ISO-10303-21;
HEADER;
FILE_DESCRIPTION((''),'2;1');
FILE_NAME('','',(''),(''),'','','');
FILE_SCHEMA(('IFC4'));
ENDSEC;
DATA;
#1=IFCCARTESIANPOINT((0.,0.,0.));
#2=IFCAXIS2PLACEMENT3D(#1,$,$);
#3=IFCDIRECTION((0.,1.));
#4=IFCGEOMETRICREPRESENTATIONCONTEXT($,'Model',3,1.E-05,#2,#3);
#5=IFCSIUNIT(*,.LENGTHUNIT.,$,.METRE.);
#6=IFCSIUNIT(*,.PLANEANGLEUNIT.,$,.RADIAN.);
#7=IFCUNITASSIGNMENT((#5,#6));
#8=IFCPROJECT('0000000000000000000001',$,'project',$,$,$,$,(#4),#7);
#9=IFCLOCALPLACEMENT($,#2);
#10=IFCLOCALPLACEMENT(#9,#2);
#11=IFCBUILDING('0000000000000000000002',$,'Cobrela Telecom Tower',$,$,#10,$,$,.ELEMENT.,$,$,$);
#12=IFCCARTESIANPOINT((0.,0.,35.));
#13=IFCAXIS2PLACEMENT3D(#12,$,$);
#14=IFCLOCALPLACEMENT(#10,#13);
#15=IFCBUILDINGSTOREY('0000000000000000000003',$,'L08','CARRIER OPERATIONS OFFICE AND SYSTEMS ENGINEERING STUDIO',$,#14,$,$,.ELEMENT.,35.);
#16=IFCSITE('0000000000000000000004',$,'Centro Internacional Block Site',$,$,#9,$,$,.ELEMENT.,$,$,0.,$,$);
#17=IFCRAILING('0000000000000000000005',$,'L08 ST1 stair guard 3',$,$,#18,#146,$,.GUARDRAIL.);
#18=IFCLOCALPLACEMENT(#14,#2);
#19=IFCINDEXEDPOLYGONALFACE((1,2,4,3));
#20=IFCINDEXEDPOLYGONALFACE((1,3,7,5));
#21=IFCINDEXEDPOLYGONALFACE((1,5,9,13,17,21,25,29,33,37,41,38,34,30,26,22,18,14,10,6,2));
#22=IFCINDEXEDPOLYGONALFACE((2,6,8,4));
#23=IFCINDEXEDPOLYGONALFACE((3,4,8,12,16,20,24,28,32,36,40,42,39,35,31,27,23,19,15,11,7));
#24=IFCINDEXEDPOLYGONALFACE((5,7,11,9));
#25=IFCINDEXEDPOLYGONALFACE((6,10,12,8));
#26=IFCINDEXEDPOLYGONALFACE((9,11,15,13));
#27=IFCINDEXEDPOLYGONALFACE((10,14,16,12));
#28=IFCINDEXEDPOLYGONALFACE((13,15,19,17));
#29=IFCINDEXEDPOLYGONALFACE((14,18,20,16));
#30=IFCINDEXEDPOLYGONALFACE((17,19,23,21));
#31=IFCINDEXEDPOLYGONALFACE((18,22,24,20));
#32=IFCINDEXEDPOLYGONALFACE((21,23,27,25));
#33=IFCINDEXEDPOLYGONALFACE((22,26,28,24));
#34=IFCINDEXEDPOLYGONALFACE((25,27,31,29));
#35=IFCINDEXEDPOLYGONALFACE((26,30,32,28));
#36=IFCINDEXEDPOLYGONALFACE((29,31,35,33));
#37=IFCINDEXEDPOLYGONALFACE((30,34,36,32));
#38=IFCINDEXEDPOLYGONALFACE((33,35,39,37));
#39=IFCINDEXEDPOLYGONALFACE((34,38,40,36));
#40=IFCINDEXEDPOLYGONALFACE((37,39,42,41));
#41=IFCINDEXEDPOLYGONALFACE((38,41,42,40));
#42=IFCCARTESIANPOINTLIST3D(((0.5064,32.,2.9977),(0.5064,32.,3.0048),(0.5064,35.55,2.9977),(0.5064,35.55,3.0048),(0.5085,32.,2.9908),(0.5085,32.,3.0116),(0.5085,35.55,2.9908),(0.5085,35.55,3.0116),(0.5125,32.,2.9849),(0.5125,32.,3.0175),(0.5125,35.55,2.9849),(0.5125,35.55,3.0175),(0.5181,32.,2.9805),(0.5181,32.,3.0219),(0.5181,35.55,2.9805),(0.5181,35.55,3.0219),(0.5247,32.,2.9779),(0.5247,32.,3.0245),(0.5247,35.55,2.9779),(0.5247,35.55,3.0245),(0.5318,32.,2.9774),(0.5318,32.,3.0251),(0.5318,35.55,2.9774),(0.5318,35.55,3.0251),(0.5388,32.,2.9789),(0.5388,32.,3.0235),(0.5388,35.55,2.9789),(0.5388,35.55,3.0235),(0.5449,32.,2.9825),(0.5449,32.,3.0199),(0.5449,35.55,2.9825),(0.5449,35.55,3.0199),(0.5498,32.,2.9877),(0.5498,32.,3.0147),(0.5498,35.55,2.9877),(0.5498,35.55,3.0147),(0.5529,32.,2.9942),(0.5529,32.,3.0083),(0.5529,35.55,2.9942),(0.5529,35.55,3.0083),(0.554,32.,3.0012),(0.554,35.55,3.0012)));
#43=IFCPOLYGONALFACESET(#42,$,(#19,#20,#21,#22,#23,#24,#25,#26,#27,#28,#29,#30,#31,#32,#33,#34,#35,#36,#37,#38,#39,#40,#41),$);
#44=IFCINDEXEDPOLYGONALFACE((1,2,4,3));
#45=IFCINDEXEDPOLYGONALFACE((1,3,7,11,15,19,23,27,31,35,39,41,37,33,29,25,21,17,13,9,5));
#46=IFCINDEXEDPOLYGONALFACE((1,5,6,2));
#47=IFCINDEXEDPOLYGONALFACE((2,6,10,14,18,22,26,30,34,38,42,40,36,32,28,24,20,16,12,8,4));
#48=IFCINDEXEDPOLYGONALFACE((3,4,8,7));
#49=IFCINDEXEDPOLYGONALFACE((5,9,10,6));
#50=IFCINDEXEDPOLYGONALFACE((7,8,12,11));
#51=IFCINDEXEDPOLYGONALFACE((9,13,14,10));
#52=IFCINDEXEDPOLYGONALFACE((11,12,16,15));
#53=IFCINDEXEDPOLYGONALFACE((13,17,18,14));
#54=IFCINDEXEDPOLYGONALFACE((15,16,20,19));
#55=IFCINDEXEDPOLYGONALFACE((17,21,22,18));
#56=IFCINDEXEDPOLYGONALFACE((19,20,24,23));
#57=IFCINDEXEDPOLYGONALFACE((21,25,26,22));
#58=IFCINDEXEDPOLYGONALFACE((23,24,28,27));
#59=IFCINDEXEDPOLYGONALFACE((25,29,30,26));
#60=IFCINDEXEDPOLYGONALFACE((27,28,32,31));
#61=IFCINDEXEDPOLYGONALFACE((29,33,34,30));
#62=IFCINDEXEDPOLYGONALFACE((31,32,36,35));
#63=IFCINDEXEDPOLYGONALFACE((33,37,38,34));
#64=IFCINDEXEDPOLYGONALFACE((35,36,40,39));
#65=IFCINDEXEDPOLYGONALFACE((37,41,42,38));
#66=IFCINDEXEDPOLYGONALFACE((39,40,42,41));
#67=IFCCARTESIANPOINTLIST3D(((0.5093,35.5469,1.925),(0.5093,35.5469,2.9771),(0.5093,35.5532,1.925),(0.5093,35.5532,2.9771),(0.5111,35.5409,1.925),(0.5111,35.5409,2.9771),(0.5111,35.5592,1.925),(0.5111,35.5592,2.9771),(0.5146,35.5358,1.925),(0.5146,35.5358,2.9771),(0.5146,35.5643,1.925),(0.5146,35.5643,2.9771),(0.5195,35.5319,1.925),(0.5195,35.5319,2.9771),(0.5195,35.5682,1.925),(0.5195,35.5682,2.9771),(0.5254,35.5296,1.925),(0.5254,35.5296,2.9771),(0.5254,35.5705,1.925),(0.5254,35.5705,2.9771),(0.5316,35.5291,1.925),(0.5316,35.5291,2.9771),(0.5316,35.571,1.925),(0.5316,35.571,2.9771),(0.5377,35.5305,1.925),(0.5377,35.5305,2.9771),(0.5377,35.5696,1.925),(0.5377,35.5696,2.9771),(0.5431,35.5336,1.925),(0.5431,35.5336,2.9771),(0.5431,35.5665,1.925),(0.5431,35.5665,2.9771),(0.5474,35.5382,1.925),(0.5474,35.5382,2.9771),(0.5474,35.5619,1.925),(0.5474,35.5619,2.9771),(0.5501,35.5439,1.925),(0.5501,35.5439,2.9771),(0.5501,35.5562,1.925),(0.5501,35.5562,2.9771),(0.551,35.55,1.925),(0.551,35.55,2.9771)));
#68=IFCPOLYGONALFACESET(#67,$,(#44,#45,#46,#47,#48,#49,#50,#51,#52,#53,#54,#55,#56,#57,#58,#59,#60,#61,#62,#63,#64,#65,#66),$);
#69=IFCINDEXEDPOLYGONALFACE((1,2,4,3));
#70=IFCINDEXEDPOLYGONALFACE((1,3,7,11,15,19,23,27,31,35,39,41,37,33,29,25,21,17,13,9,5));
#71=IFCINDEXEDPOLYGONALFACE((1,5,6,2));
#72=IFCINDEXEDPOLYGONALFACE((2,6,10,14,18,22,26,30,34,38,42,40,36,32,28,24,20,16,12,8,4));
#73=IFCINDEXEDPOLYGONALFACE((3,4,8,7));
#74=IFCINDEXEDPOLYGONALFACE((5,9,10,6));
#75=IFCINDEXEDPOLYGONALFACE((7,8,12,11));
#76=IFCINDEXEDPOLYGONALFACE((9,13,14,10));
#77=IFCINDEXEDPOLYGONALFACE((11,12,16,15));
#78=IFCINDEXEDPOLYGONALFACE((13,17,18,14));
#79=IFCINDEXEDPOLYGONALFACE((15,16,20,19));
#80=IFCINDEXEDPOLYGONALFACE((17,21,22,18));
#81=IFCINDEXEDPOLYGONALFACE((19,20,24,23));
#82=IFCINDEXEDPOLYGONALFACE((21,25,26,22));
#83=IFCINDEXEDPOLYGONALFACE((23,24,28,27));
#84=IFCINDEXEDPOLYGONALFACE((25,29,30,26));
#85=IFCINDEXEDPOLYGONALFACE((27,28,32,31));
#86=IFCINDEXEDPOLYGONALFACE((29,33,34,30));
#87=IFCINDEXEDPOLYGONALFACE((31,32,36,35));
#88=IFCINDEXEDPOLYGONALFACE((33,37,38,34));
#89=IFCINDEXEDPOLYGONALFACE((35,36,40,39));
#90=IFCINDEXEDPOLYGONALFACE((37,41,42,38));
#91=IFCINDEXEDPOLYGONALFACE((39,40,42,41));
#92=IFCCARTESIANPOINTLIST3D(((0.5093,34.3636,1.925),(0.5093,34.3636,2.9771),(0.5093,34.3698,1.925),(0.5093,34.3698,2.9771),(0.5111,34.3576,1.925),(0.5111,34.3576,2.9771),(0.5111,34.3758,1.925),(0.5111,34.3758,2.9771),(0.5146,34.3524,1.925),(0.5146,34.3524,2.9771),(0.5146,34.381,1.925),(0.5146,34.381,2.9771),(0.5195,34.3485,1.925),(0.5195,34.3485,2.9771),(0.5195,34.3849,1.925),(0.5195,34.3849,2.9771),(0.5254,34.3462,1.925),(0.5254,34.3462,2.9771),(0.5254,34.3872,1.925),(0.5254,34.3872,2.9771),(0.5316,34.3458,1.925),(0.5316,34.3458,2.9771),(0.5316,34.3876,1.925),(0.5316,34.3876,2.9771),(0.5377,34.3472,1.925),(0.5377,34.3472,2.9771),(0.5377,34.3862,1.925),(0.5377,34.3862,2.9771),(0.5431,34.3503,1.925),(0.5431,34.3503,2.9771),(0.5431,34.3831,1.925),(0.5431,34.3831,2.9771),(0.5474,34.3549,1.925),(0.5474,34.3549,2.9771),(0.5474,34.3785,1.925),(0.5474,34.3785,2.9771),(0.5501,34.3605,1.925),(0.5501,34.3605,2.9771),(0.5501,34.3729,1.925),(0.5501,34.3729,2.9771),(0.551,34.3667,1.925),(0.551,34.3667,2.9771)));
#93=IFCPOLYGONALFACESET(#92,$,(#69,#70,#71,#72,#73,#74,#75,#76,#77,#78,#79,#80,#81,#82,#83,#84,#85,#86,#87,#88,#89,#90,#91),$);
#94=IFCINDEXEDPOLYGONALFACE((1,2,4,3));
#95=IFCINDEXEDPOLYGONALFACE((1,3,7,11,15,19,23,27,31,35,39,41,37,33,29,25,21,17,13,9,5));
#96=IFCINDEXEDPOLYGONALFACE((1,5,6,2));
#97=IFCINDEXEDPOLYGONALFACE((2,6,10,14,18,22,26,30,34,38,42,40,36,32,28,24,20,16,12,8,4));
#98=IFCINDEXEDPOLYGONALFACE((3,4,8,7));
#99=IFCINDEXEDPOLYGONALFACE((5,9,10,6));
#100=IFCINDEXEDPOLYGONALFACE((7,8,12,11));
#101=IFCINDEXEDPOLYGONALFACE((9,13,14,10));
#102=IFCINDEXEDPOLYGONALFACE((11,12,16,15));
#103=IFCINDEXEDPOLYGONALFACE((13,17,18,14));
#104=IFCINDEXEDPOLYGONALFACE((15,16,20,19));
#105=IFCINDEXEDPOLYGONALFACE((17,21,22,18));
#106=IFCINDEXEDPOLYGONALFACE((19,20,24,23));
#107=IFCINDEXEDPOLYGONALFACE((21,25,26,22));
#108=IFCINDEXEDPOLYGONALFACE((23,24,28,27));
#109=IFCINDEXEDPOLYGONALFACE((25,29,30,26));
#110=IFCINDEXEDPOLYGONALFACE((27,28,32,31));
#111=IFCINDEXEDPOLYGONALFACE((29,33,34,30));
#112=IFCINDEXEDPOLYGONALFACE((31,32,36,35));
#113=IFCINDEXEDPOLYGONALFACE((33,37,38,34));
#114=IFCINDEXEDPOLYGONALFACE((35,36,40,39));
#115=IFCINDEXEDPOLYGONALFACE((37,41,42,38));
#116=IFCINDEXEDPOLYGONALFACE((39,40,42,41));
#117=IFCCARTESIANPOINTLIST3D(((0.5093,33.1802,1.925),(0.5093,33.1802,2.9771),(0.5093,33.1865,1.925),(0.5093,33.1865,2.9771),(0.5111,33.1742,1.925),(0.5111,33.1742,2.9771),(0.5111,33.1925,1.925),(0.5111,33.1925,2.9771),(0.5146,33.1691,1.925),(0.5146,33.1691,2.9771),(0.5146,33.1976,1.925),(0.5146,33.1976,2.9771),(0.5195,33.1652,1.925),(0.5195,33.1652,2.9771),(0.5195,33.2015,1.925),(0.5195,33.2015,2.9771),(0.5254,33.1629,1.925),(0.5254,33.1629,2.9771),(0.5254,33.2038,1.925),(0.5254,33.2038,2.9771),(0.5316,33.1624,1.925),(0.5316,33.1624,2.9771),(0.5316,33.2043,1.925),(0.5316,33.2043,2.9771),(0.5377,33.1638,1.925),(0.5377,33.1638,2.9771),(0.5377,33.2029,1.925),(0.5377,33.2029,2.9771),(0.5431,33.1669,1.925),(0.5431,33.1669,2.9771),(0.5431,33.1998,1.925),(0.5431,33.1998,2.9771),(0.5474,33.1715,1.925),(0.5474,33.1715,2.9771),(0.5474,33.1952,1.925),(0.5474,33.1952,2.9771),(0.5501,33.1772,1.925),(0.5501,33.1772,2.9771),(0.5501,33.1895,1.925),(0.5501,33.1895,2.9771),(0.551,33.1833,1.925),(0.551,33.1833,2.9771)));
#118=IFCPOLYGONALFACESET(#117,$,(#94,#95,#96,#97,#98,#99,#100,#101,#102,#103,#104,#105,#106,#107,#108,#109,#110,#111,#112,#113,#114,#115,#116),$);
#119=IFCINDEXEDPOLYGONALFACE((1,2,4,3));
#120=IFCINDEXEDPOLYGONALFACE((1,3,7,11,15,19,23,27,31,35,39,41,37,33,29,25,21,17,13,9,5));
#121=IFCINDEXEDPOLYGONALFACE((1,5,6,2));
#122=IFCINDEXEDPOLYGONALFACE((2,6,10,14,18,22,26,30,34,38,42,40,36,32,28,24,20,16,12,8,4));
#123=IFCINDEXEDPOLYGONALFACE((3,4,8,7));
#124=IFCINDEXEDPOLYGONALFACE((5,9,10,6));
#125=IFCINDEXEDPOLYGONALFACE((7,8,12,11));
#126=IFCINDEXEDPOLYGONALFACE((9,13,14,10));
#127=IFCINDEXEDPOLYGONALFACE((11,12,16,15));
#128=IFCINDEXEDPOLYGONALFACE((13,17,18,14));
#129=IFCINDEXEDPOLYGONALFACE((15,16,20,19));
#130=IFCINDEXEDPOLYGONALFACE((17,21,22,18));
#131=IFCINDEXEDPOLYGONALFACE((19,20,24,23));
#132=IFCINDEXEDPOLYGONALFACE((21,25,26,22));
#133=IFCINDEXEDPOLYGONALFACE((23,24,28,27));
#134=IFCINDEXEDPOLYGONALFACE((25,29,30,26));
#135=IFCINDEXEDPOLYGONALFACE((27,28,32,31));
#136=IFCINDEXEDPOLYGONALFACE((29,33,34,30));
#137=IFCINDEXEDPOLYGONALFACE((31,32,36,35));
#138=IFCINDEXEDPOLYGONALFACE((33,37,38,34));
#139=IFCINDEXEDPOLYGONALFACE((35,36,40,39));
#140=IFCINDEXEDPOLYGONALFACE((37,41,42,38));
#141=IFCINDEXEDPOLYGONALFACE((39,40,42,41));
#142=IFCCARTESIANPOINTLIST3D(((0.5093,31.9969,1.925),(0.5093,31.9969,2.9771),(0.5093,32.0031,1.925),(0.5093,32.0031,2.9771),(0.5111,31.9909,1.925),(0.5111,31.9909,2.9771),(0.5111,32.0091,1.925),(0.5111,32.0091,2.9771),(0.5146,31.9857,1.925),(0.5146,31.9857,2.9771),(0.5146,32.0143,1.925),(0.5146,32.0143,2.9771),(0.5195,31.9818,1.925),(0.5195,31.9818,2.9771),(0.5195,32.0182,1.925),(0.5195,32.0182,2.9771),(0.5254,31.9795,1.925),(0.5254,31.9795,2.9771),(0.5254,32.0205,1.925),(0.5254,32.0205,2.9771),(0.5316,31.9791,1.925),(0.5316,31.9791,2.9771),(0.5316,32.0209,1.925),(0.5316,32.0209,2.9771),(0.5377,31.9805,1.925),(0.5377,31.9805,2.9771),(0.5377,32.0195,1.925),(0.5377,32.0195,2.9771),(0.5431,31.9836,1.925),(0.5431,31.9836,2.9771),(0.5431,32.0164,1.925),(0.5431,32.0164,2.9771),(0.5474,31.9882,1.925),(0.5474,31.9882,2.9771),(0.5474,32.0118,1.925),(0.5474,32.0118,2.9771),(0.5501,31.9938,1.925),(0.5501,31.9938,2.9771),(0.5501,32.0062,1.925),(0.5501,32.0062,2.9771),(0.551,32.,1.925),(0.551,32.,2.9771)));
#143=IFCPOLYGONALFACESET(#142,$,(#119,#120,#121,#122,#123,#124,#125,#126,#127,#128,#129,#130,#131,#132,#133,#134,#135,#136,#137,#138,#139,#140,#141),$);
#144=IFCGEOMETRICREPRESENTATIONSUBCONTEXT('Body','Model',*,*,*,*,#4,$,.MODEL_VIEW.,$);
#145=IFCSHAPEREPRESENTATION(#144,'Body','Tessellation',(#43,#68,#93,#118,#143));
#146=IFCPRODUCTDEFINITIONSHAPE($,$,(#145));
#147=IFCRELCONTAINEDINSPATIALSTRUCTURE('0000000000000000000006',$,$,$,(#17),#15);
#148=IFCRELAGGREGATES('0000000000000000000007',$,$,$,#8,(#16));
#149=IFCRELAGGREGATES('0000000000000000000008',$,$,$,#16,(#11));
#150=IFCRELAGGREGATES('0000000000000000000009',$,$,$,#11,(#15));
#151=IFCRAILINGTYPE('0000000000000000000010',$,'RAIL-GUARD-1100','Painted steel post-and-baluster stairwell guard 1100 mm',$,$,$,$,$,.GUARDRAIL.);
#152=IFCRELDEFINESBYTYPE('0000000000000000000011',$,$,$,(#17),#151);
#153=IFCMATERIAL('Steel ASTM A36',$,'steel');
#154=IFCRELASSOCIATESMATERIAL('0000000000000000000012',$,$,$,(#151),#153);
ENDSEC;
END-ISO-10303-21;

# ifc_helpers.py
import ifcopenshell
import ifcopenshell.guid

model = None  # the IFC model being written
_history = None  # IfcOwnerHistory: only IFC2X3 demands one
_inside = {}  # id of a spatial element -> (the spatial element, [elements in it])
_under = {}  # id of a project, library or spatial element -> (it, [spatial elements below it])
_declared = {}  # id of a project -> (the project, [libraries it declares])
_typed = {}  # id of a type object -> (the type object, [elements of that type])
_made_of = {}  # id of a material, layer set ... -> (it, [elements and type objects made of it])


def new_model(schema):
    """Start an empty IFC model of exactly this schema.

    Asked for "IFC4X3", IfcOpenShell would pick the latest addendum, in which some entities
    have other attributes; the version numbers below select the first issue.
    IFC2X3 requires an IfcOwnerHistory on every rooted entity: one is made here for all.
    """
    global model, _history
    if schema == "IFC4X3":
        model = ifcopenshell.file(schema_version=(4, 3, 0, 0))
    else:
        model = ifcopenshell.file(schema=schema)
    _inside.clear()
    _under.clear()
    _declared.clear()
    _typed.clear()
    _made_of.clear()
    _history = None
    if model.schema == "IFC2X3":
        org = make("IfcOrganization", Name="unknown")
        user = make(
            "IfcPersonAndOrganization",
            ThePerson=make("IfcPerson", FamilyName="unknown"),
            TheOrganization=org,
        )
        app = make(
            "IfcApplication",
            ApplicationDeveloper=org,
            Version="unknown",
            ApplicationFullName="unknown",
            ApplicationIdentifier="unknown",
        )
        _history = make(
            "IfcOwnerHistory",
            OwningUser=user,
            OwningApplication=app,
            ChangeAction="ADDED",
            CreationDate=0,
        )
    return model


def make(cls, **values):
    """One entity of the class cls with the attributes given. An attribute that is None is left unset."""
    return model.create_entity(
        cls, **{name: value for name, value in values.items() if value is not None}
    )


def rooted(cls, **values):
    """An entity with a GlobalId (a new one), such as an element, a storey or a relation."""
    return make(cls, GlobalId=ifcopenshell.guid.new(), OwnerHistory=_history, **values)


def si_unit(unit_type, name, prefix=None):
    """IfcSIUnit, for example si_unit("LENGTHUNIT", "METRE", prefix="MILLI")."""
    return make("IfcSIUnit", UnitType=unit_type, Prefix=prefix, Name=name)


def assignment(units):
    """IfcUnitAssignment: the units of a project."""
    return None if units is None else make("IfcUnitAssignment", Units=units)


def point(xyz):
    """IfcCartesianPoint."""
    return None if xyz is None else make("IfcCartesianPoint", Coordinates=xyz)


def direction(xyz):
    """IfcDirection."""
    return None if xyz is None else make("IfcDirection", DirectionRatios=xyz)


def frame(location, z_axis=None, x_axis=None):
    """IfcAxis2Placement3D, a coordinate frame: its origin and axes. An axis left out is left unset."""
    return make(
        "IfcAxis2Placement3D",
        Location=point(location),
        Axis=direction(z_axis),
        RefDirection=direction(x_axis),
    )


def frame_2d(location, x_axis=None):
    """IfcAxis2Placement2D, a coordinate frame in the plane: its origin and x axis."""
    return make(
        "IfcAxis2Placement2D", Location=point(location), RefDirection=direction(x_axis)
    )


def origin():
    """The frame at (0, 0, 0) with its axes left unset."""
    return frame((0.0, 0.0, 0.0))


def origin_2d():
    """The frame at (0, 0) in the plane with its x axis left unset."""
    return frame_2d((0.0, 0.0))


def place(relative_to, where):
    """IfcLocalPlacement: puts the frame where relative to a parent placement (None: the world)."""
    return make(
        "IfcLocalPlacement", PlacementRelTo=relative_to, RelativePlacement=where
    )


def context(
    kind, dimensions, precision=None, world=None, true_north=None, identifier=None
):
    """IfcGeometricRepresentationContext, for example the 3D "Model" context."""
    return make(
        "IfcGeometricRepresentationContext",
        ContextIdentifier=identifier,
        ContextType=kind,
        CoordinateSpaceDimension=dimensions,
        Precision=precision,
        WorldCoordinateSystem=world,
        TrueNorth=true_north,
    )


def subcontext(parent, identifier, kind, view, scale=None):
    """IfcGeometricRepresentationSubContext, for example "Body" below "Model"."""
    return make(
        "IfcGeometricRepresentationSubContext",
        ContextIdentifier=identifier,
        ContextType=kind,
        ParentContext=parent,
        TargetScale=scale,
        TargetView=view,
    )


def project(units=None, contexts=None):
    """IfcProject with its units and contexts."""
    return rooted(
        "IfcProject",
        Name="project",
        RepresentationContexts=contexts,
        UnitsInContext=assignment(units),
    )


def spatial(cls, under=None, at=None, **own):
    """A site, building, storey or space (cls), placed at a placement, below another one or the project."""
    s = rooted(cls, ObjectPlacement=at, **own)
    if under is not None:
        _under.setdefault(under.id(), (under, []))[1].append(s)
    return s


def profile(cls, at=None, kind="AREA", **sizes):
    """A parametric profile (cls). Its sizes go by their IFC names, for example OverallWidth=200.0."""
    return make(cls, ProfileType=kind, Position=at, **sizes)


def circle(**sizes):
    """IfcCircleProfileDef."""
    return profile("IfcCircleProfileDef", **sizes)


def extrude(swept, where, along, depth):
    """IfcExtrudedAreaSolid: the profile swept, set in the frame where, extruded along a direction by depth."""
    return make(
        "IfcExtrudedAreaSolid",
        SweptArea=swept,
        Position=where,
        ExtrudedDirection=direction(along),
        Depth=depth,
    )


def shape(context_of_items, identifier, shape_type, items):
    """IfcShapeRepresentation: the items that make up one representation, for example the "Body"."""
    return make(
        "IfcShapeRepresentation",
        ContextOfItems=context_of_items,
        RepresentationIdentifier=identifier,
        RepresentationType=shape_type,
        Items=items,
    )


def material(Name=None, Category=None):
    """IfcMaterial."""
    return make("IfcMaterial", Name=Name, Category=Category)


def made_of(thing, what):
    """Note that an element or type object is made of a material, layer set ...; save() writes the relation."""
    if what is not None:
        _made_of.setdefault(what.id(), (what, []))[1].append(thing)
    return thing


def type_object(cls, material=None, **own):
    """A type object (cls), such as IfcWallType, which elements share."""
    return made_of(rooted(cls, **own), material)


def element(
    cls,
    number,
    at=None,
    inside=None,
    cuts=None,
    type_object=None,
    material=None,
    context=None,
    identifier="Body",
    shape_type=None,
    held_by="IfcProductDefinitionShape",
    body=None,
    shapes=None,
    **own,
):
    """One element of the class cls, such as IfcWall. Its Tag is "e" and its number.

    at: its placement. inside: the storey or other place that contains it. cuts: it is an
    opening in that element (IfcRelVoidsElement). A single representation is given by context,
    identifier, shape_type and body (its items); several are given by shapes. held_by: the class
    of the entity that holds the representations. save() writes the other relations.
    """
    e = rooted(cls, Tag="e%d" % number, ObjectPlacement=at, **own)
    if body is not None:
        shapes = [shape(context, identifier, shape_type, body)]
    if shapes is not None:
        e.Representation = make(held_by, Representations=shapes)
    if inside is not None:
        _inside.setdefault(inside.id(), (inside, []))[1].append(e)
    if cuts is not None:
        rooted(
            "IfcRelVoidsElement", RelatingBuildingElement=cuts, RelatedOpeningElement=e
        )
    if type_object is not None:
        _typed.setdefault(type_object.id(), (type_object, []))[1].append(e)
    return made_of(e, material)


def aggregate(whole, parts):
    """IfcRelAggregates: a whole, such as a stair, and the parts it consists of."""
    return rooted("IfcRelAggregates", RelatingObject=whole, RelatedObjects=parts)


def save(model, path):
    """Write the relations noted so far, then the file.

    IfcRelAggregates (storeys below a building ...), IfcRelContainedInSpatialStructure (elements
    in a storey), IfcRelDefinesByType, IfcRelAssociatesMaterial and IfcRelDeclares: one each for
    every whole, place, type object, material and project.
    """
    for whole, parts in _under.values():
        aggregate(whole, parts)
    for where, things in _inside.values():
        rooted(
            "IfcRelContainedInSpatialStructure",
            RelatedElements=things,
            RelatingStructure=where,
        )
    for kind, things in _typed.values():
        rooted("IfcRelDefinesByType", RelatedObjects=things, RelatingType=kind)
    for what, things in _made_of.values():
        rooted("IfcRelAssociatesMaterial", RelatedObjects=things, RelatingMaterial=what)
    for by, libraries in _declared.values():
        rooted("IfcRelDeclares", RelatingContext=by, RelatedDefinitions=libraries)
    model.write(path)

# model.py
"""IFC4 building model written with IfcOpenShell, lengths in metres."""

from ifc_helpers import new_model, si_unit, direction, frame, origin, origin_2d, place, context, subcontext, project, spatial, circle, extrude, material, type_object, element, save


model = new_model("IFC4")

# Units and contexts
model_context = context("Model", 3, precision=1e-05, world=origin(), true_north=direction((0.0, 1.0)))
body_context = subcontext(model_context, "Body", "Model", "MODEL_VIEW")
ifc_project = project(units=[si_unit("LENGTHUNIT", "METRE"), si_unit("PLANEANGLEUNIT", "RADIAN")], contexts=[model_context])

# Site, building, storey
site_placement = place(None, origin())
site = spatial("IfcSite", under=ifc_project, at=site_placement, Name="Centro Internacional Block Site", CompositionType="ELEMENT", RefElevation=0.0)
building_placement = place(site_placement, origin())
building = spatial("IfcBuilding", under=site, at=building_placement, Name="Cobrela Telecom Tower", CompositionType="ELEMENT")
storey_placement = place(building_placement, frame((0.0, 0.0, 35.0)))
storey = spatial("IfcBuildingStorey", under=building, at=storey_placement, Name="L08", Description="CARRIER OPERATIONS OFFICE AND SYSTEMS ENGINEERING STUDIO", CompositionType="ELEMENT", Elevation=35.0)

# Shared definitions
ifc_material_1 = material(Name="Steel ASTM A36", Category="steel")

# Railing
railing_type_1 = type_object("IfcRailingType", Name="RAIL-GUARD-1100", Description="Painted steel post-and-baluster stairwell guard 1100 mm", PredefinedType="GUARDRAIL", material=ifc_material_1)
railing_1_placement = place(storey_placement, frame((0.53, 35.55, 1.925)))
element("IfcRailing", 1, at=railing_1_placement, inside=storey, type_object=railing_type_1, Name="L08 ST1 stair guard 3", PredefinedType="GUARDRAIL", context=body_context, shape_type="SweptSolid", body=[
    extrude(circle(Radius=0.0239, at=origin_2d()), frame((0.0, 0.0, 1.0762), z_axis=(0.0, -1.0, 0.0), x_axis=(1.0, 0.0, 0.0)), (0.0, 0.0, 1.0), 3.55),
    extrude(circle(Radius=0.021, at=origin_2d()), origin(), (0.0, 0.0, 1.0), 1.052),
    extrude(circle(Radius=0.021, at=origin_2d()), frame((0.0, -1.1833, 0.0)), (0.0, 0.0, 1.0), 1.052),
    extrude(circle(Radius=0.021, at=origin_2d()), frame((0.0, -2.3667, 0.0)), (0.0, 0.0, 1.0), 1.052),
    extrude(circle(Radius=0.021, at=origin_2d()), frame((0.0, -3.55, 0.0)), (0.0, 0.0, 1.0), 1.052),
])

save(model, "model.ifc")
